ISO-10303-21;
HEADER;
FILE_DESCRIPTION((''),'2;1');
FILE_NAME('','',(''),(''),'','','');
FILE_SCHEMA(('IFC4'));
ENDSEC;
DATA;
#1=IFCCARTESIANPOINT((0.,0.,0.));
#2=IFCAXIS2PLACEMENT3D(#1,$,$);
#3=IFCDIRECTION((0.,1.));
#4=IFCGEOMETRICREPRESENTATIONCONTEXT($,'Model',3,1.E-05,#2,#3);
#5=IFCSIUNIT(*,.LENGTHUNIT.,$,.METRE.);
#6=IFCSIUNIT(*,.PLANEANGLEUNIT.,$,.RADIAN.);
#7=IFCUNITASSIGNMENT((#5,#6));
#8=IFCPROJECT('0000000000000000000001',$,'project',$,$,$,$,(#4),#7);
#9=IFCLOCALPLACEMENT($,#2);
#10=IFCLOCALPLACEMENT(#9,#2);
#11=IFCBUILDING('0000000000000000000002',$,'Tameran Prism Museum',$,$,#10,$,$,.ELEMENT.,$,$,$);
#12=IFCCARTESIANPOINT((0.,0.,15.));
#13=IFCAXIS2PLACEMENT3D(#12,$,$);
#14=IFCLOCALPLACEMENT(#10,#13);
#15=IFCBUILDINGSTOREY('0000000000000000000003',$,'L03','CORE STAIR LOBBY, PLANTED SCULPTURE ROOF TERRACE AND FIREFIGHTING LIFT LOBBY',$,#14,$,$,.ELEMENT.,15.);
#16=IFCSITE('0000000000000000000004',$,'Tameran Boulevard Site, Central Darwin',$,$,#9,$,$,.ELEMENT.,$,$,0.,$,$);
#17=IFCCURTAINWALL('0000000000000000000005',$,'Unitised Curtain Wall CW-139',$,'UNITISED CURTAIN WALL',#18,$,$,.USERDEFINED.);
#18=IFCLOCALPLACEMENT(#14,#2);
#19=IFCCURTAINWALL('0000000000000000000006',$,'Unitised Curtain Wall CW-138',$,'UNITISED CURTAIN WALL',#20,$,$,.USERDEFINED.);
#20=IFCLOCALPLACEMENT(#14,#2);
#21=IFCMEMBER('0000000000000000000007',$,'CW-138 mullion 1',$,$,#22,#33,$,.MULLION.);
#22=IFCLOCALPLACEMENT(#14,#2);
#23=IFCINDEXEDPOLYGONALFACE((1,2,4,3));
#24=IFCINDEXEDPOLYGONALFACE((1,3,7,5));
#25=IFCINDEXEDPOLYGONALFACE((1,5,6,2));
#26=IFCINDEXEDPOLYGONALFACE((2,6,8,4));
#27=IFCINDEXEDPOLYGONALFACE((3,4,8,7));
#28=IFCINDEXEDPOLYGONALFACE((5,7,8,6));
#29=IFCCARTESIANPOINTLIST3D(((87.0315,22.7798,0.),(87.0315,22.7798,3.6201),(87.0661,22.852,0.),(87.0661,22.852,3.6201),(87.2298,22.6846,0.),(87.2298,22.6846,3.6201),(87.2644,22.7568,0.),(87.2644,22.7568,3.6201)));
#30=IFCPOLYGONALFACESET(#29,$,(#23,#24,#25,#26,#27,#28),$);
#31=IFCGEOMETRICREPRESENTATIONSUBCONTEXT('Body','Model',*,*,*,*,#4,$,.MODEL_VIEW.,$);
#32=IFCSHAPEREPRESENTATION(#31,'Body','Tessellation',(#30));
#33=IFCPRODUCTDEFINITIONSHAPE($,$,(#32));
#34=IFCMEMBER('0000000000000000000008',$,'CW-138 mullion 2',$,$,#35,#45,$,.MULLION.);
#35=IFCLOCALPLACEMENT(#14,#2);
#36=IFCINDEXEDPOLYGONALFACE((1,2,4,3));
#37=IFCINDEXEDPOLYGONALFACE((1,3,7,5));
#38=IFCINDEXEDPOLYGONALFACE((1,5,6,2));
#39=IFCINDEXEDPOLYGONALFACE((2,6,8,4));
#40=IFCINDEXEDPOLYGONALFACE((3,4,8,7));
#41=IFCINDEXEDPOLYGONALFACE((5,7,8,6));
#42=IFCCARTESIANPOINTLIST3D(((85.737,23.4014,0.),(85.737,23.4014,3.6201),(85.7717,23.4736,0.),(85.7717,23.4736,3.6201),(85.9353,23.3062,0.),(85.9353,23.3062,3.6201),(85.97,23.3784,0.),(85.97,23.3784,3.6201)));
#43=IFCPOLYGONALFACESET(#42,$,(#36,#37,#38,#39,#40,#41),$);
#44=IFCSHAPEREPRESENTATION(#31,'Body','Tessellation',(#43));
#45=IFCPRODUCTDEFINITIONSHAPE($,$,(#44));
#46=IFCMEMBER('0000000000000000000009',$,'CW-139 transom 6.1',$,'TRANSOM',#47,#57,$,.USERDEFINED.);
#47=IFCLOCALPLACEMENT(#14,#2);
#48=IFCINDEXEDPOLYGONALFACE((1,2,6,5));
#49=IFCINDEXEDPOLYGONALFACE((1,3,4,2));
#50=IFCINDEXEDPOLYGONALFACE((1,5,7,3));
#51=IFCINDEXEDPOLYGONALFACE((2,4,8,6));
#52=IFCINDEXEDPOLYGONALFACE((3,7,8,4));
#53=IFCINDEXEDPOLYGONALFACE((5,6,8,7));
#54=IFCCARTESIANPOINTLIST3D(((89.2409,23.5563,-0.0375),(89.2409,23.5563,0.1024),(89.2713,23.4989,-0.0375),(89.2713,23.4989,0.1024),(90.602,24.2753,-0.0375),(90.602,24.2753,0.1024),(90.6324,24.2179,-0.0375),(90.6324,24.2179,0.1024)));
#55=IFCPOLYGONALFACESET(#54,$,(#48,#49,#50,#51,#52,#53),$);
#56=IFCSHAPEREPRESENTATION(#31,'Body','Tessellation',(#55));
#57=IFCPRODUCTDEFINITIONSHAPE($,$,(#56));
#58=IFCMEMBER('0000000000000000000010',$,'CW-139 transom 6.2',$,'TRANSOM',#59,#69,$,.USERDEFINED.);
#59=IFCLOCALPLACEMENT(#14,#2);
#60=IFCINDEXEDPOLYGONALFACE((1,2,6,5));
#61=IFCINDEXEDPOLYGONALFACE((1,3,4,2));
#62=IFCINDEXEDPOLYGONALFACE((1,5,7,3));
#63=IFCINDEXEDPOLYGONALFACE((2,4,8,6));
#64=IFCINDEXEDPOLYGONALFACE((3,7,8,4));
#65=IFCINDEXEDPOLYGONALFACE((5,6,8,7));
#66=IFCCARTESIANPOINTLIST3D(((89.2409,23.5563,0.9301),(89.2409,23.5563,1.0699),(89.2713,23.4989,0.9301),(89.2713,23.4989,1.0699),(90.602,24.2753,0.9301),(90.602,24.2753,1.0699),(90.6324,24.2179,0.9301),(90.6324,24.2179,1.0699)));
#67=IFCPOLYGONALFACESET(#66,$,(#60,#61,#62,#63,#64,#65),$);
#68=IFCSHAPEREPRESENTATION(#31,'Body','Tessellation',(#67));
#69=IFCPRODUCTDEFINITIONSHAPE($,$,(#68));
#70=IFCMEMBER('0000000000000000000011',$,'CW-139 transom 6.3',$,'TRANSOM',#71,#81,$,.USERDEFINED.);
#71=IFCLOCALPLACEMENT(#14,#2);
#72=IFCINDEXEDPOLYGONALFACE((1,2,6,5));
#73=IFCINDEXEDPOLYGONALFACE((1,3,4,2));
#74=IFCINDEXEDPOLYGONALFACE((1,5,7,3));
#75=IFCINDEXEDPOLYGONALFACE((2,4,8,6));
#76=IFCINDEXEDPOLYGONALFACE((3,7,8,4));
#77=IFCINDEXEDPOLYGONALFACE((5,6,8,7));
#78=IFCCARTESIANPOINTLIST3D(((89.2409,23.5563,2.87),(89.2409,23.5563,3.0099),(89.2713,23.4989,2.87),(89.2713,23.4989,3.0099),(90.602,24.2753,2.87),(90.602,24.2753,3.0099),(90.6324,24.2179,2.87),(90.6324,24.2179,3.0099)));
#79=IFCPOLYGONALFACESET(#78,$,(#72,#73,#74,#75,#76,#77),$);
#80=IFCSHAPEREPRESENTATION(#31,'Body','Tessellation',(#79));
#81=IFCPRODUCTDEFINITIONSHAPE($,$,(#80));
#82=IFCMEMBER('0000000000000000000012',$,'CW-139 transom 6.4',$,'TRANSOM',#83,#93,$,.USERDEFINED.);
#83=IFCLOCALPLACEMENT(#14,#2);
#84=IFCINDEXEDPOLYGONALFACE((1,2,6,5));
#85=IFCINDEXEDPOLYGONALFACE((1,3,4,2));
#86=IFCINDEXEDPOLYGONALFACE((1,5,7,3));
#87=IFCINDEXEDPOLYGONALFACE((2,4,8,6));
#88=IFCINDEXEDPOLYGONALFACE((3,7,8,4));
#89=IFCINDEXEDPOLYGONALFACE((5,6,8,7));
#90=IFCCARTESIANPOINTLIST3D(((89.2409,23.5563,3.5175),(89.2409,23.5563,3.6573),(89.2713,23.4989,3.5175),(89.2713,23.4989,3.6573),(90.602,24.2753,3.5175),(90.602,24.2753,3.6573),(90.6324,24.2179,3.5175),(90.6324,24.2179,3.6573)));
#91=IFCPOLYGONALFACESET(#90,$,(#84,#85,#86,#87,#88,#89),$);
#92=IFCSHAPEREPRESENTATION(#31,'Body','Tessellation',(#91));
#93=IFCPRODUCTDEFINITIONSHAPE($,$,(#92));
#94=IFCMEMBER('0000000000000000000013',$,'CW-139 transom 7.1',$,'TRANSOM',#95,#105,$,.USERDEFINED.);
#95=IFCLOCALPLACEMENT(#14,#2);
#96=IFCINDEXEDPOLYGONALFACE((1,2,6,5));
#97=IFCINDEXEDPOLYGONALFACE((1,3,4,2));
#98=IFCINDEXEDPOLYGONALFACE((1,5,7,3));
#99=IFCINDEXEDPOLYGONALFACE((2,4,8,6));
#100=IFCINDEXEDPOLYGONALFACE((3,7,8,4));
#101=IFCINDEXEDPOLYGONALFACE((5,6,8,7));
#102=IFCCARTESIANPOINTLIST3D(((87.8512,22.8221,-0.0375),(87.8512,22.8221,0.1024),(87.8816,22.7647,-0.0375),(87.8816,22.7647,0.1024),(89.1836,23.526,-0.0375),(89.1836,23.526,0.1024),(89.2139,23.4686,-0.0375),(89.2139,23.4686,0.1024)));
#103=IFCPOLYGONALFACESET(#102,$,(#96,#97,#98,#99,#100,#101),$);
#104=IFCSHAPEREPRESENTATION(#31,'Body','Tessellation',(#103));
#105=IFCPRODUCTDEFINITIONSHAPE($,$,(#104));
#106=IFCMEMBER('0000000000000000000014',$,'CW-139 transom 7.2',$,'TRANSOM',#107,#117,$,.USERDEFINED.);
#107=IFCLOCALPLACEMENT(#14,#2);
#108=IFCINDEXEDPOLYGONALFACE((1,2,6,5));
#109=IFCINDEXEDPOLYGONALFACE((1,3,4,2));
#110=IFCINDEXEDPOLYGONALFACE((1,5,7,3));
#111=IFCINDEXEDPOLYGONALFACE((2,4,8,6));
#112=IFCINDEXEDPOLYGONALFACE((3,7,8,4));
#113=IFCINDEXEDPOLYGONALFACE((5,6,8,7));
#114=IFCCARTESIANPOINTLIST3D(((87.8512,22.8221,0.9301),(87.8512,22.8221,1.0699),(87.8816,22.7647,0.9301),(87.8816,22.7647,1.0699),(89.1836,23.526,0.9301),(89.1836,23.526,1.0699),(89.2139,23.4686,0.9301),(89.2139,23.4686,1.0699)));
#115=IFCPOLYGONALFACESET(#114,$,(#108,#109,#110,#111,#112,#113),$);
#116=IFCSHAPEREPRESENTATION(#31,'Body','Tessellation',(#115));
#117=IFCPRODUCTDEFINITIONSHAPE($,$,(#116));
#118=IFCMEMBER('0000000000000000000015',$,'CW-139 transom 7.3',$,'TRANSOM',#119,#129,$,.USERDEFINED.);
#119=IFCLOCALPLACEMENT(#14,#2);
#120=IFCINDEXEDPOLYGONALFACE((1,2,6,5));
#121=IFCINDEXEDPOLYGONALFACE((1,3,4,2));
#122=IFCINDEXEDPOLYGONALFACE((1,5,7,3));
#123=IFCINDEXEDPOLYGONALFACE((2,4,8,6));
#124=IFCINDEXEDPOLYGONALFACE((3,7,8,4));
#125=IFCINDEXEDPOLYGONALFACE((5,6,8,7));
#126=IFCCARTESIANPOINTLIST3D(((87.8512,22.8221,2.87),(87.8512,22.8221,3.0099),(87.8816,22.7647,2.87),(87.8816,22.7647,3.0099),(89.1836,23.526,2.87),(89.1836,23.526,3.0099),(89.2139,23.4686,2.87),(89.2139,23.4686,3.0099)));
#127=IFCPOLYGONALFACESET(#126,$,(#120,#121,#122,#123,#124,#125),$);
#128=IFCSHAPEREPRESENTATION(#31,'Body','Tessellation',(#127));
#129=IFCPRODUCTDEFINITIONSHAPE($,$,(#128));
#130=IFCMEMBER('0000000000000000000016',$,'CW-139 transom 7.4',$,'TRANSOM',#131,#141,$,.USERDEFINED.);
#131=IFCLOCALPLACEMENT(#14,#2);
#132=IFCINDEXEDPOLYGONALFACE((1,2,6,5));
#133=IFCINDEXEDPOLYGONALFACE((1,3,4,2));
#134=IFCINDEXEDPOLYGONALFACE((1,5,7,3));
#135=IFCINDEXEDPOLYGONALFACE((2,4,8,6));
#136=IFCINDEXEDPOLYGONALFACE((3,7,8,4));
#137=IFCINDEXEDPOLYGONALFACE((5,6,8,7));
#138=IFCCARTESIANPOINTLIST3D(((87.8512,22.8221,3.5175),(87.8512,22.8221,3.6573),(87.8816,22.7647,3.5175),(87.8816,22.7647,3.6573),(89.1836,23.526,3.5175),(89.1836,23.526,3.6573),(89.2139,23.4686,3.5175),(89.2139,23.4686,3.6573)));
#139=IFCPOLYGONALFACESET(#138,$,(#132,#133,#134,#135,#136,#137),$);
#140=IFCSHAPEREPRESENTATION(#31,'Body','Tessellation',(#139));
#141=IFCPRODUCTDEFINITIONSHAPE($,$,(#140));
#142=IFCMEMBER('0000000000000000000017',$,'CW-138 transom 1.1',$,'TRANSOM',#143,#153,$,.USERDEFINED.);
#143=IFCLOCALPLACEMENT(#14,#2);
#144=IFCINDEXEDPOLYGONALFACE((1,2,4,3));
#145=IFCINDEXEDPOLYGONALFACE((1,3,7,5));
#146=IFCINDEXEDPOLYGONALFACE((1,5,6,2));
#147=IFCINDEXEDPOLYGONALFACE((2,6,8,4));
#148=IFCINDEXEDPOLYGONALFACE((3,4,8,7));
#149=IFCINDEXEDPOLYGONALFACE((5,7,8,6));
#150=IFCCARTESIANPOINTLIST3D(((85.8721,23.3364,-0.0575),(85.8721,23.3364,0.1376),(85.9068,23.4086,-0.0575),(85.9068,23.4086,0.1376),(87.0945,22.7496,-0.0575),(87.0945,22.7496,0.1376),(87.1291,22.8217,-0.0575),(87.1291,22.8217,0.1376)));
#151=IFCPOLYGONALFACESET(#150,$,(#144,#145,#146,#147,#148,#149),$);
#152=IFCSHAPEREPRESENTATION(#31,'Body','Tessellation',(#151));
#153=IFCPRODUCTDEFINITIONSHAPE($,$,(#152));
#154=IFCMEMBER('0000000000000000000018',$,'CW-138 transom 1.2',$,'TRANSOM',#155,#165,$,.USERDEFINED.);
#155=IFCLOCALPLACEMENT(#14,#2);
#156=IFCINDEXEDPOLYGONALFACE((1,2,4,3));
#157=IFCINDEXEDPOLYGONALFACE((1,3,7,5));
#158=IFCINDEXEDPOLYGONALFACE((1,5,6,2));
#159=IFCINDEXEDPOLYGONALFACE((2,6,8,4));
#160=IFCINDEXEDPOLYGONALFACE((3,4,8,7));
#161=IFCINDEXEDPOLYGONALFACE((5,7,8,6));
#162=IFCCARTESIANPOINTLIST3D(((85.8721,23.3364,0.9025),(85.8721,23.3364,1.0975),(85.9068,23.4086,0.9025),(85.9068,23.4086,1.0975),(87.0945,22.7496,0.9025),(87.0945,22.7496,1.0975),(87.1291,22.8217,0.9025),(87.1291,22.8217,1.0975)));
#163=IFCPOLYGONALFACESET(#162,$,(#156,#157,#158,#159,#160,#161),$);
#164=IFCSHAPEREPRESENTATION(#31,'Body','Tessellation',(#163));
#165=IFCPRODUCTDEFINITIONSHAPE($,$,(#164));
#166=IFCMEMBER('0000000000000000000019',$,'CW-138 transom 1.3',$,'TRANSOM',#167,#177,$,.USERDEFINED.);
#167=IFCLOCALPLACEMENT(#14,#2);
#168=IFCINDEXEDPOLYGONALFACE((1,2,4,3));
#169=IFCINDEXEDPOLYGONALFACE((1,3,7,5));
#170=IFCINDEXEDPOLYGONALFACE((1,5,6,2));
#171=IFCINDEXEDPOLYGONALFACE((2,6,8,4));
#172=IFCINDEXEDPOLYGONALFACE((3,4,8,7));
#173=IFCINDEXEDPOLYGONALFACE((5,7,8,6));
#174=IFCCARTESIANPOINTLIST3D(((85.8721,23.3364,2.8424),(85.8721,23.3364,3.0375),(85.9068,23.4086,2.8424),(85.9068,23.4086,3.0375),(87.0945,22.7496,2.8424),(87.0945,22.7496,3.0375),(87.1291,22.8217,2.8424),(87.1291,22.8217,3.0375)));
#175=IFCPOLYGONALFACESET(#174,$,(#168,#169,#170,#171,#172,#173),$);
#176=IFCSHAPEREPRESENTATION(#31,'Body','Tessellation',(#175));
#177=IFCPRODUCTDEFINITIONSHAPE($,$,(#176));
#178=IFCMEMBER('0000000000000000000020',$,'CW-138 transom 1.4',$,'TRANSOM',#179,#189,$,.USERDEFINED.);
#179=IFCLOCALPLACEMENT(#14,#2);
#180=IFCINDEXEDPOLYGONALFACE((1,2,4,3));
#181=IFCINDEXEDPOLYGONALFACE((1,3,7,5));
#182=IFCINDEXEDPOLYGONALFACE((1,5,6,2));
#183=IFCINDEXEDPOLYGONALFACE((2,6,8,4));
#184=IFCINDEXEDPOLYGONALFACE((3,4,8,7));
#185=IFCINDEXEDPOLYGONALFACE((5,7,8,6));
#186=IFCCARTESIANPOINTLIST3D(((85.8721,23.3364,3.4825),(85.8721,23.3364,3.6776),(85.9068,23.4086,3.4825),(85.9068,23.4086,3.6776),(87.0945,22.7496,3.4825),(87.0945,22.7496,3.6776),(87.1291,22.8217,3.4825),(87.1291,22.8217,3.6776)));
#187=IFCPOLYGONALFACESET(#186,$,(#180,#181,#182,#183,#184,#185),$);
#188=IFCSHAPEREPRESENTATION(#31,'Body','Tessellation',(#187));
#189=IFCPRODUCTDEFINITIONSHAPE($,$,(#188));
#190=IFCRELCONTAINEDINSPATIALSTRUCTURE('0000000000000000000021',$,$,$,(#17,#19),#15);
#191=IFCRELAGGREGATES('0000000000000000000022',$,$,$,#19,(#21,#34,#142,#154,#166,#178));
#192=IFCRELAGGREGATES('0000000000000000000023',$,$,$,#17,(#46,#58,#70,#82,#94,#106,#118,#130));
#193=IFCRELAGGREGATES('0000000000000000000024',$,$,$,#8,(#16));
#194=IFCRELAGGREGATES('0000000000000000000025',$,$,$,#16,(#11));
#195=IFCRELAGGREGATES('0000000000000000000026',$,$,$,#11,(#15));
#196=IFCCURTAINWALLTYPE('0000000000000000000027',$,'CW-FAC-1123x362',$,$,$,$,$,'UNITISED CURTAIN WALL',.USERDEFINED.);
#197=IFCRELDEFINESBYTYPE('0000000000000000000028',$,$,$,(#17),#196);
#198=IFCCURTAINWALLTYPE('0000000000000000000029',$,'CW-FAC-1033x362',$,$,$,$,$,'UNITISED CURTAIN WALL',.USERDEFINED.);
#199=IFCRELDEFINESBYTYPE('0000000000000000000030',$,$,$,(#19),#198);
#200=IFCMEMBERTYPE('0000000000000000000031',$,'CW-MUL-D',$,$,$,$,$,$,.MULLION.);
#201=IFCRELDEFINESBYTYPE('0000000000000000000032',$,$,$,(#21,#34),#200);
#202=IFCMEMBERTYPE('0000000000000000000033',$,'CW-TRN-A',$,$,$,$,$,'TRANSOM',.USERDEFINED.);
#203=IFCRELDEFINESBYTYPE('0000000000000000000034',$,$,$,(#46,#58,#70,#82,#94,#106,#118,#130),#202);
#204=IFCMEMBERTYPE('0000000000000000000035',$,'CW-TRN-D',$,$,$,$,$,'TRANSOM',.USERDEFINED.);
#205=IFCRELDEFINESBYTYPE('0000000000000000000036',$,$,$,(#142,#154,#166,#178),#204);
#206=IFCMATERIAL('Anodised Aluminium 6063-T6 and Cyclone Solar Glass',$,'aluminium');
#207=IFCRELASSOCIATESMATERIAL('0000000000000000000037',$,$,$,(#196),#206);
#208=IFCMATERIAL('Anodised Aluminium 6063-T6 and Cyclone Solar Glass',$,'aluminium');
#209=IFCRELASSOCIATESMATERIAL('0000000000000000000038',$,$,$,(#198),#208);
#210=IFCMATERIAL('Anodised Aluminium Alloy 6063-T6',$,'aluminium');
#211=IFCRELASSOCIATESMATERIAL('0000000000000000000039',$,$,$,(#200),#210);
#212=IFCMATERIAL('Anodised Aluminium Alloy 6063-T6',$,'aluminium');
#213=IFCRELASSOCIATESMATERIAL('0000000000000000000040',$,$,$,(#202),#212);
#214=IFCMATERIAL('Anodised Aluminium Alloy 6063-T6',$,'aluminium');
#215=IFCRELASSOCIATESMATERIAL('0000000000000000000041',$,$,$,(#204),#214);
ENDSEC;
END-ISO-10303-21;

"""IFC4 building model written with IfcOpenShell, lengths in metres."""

from ifc_helpers import new_model, si_unit, direction, frame, origin, origin_2d, place, context, subcontext, project, spatial, rectangle, extrude, material, material_profile, profile_set, type_object, element, aggregate, save


model = new_model("IFC4")

# Units and contexts
model_context = context("Model", 3, precision=1e-05, world=origin(), true_north=direction((0.0, 1.0)))
body_context = subcontext(model_context, "Body", "Model", "MODEL_VIEW")
ifc_project = project(units=[si_unit("LENGTHUNIT", "METRE"), si_unit("PLANEANGLEUNIT", "RADIAN")], contexts=[model_context])

# Site, building, storey
site_placement = place(None, origin())
site = spatial("IfcSite", under=ifc_project, at=site_placement, Name="Tameran Boulevard Site, Central Darwin", CompositionType="ELEMENT", RefElevation=0.0)
building_placement = place(site_placement, origin())
building = spatial("IfcBuilding", under=site, at=building_placement, Name="Tameran Prism Museum", CompositionType="ELEMENT")
storey_placement = place(building_placement, frame((0.0, 0.0, 15.0)))
storey = spatial("IfcBuildingStorey", under=building, at=storey_placement, Name="L03", Description="CORE STAIR LOBBY, PLANTED SCULPTURE ROOF TERRACE AND FIREFIGHTING LIFT LOBBY", CompositionType="ELEMENT", Elevation=15.0)

# Curtain walls, members
ifc_material_1 = material(Name="Anodised Aluminium 6063-T6 and Cyclone Solar Glass", Category="aluminium")
curtain_wall_type_1 = type_object("IfcCurtainWallType", Name="CW-FAC-1123x362", ElementType="UNITISED CURTAIN WALL", PredefinedType="USERDEFINED", material=ifc_material_1)
curtain_wall_1_placement = place(storey_placement, origin())
curtain_wall_1 = element("IfcCurtainWall", 1, at=curtain_wall_1_placement, inside=storey, type_object=curtain_wall_type_1, Name="Unitised Curtain Wall CW-139", ObjectType="UNITISED CURTAIN WALL", PredefinedType="USERDEFINED")
ifc_material_2 = material(Name="Anodised Aluminium 6063-T6 and Cyclone Solar Glass", Category="aluminium")
curtain_wall_type_2 = type_object("IfcCurtainWallType", Name="CW-FAC-1033x362", ElementType="UNITISED CURTAIN WALL", PredefinedType="USERDEFINED", material=ifc_material_2)
curtain_wall_2_placement = place(storey_placement, origin())
curtain_wall_2 = element("IfcCurtainWall", 2, at=curtain_wall_2_placement, inside=storey, type_object=curtain_wall_type_2, Name="Unitised Curtain Wall CW-138", ObjectType="UNITISED CURTAIN WALL", PredefinedType="USERDEFINED")
ifc_material_3 = material(Name="Anodised Aluminium Alloy 6063-T6", Category="aluminium")
ifc_material_profile_1 = material_profile(ifc_material_3, rectangle(XDim=0.0801, YDim=0.22, at=origin_2d()))
ifc_profile_set_1 = profile_set([ifc_material_profile_1])
member_type_1 = type_object("IfcMemberType", Name="CW-MUL-D", PredefinedType="MULLION", material=ifc_profile_set_1)
member_1_placement = place(storey_placement, frame((87.1479, 22.7683, 0.0), z_axis=(0.0, 0.0, 1.0), x_axis=(-0.432832, -0.901475, 0.0)))
member_1 = element("IfcMember", 3, at=member_1_placement, type_object=member_type_1, Name="CW-138 mullion 1", PredefinedType="MULLION", context=body_context, shape_type="SweptSolid", body=[
    extrude(rectangle(XDim=0.0801, YDim=0.22, at=origin_2d()), origin(), (0.0, 0.0, 1.0), 3.6201),
])
member_2_placement = place(storey_placement, frame((85.8535, 23.3899, 0.0), z_axis=(0.0, 0.0, 1.0), x_axis=(-0.432832, -0.901475, 0.0)))
member_2 = element("IfcMember", 4, at=member_2_placement, type_object=member_type_1, Name="CW-138 mullion 2", PredefinedType="MULLION", context=body_context, shape_type="SweptSolid", body=[
    extrude(rectangle(XDim=0.0801, YDim=0.22, at=origin_2d()), origin(), (0.0, 0.0, 1.0), 3.6201),
])

# Members
ifc_material_4 = material(Name="Anodised Aluminium Alloy 6063-T6", Category="aluminium")
ifc_material_profile_2 = material_profile(ifc_material_4, rectangle(XDim=0.0649, YDim=0.1399, at=origin_2d()))
ifc_profile_set_2 = profile_set([ifc_material_profile_2])
member_type_2 = type_object("IfcMemberType", Name="CW-TRN-A", ElementType="TRANSOM", PredefinedType="USERDEFINED", material=ifc_profile_set_2)
member_3_placement = place(storey_placement, frame((90.6172, 24.2466, 0.0325), z_axis=(-0.884212, -0.467086, 0.0), x_axis=(0.467086, -0.884212, 0.0)))
member_3 = element("IfcMember", 5, at=member_3_placement, type_object=member_type_2, Name="CW-139 transom 6.1", ObjectType="TRANSOM", PredefinedType="USERDEFINED", context=body_context, shape_type="SweptSolid", body=[
    extrude(rectangle(XDim=0.0649, YDim=0.1399, at=origin_2d()), origin(), (0.0, 0.0, 1.0), 1.5393),
])
member_4_placement = place(storey_placement, frame((90.6172, 24.2466, 1.0), z_axis=(-0.884212, -0.467086, 0.0), x_axis=(0.467086, -0.884212, 0.0)))
member_4 = element("IfcMember", 6, at=member_4_placement, type_object=member_type_2, Name="CW-139 transom 6.2", ObjectType="TRANSOM", PredefinedType="USERDEFINED", context=body_context, shape_type="SweptSolid", body=[
    extrude(rectangle(XDim=0.0649, YDim=0.1399, at=origin_2d()), origin(), (0.0, 0.0, 1.0), 1.5393),
])
member_5_placement = place(storey_placement, frame((90.6172, 24.2466, 2.9399), z_axis=(-0.884212, -0.467086, 0.0), x_axis=(0.467086, -0.884212, 0.0)))
member_5 = element("IfcMember", 7, at=member_5_placement, type_object=member_type_2, Name="CW-139 transom 6.3", ObjectType="TRANSOM", PredefinedType="USERDEFINED", context=body_context, shape_type="SweptSolid", body=[
    extrude(rectangle(XDim=0.0649, YDim=0.1399, at=origin_2d()), origin(), (0.0, 0.0, 1.0), 1.5393),
])
member_6_placement = place(storey_placement, frame((90.6172, 24.2466, 3.5874), z_axis=(-0.884212, -0.467086, 0.0), x_axis=(0.467086, -0.884212, 0.0)))
member_6 = element("IfcMember", 8, at=member_6_placement, type_object=member_type_2, Name="CW-139 transom 6.4", ObjectType="TRANSOM", PredefinedType="USERDEFINED", context=body_context, shape_type="SweptSolid", body=[
    extrude(rectangle(XDim=0.0649, YDim=0.1399, at=origin_2d()), origin(), (0.0, 0.0, 1.0), 1.5393),
])
member_7_placement = place(storey_placement, frame((89.1987, 23.4973, 0.0325), z_axis=(-0.88419, -0.467128, 0.0), x_axis=(0.467128, -0.88419, 0.0)))
member_7 = element("IfcMember", 9, at=member_7_placement, type_object=member_type_2, Name="CW-139 transom 7.1", ObjectType="TRANSOM", PredefinedType="USERDEFINED", context=body_context, shape_type="SweptSolid", body=[
    extrude(rectangle(XDim=0.0649, YDim=0.1399, at=origin_2d()), origin(), (0.0, 0.0, 1.0), 1.5068),
])
member_8_placement = place(storey_placement, frame((89.1987, 23.4973, 1.0), z_axis=(-0.88419, -0.467128, 0.0), x_axis=(0.467128, -0.88419, 0.0)))
member_8 = element("IfcMember", 10, at=member_8_placement, type_object=member_type_2, Name="CW-139 transom 7.2", ObjectType="TRANSOM", PredefinedType="USERDEFINED", context=body_context, shape_type="SweptSolid", body=[
    extrude(rectangle(XDim=0.0649, YDim=0.1399, at=origin_2d()), origin(), (0.0, 0.0, 1.0), 1.5068),
])
member_9_placement = place(storey_placement, frame((89.1987, 23.4973, 2.9399), z_axis=(-0.88419, -0.467128, 0.0), x_axis=(0.467128, -0.88419, 0.0)))
member_9 = element("IfcMember", 11, at=member_9_placement, type_object=member_type_2, Name="CW-139 transom 7.3", ObjectType="TRANSOM", PredefinedType="USERDEFINED", context=body_context, shape_type="SweptSolid", body=[
    extrude(rectangle(XDim=0.0649, YDim=0.1399, at=origin_2d()), origin(), (0.0, 0.0, 1.0), 1.5068),
])
member_10_placement = place(storey_placement, frame((89.1987, 23.4973, 3.5874), z_axis=(-0.88419, -0.467128, 0.0), x_axis=(0.467128, -0.88419, 0.0)))
member_10 = element("IfcMember", 12, at=member_10_placement, type_object=member_type_2, Name="CW-139 transom 7.4", ObjectType="TRANSOM", PredefinedType="USERDEFINED", context=body_context, shape_type="SweptSolid", body=[
    extrude(rectangle(XDim=0.0649, YDim=0.1399, at=origin_2d()), origin(), (0.0, 0.0, 1.0), 1.5068),
])
ifc_material_5 = material(Name="Anodised Aluminium Alloy 6063-T6", Category="aluminium")
ifc_material_profile_3 = material_profile(ifc_material_5, rectangle(XDim=0.0801, YDim=0.1951, at=origin_2d()))
ifc_profile_set_3 = profile_set([ifc_material_profile_3])
member_type_3 = type_object("IfcMemberType", Name="CW-TRN-D", ElementType="TRANSOM", PredefinedType="USERDEFINED", material=ifc_profile_set_3)
member_11_placement = place(storey_placement, frame((87.1118, 22.7856, 0.04), z_axis=(-0.901478, 0.432825, 0.0), x_axis=(-0.432825, -0.901478, 0.0)))
member_11 = element("IfcMember", 13, at=member_11_placement, type_object=member_type_3, Name="CW-138 transom 1.1", ObjectType="TRANSOM", PredefinedType="USERDEFINED", context=body_context, shape_type="SweptSolid", body=[
    extrude(rectangle(XDim=0.0801, YDim=0.1951, at=origin_2d()), origin(), (0.0, 0.0, 1.0), 1.356),
])
member_12_placement = place(storey_placement, frame((87.1118, 22.7856, 1.0), z_axis=(-0.901478, 0.432825, 0.0), x_axis=(-0.432825, -0.901478, 0.0)))
member_12 = element("IfcMember", 14, at=member_12_placement, type_object=member_type_3, Name="CW-138 transom 1.2", ObjectType="TRANSOM", PredefinedType="USERDEFINED", context=body_context, shape_type="SweptSolid", body=[
    extrude(rectangle(XDim=0.0801, YDim=0.1951, at=origin_2d()), origin(), (0.0, 0.0, 1.0), 1.356),
])
member_13_placement = place(storey_placement, frame((87.1118, 22.7856, 2.9399), z_axis=(-0.901478, 0.432825, 0.0), x_axis=(-0.432825, -0.901478, 0.0)))
member_13 = element("IfcMember", 15, at=member_13_placement, type_object=member_type_3, Name="CW-138 transom 1.3", ObjectType="TRANSOM", PredefinedType="USERDEFINED", context=body_context, shape_type="SweptSolid", body=[
    extrude(rectangle(XDim=0.0801, YDim=0.1951, at=origin_2d()), origin(), (0.0, 0.0, 1.0), 1.356),
])
member_14_placement = place(storey_placement, frame((87.1118, 22.7856, 3.5801), z_axis=(-0.901478, 0.432825, 0.0), x_axis=(-0.432825, -0.901478, 0.0)))
member_14 = element("IfcMember", 16, at=member_14_placement, type_object=member_type_3, Name="CW-138 transom 1.4", ObjectType="TRANSOM", PredefinedType="USERDEFINED", context=body_context, shape_type="SweptSolid", body=[
    extrude(rectangle(XDim=0.0801, YDim=0.1951, at=origin_2d()), origin(), (0.0, 0.0, 1.0), 1.356),
])

aggregate(curtain_wall_2, [member_1, member_2, member_11, member_12, member_13, member_14])
aggregate(curtain_wall_1, [member_3, member_4, member_5, member_6, member_7, member_8, member_9, member_10])

save(model, "model.ifc")
